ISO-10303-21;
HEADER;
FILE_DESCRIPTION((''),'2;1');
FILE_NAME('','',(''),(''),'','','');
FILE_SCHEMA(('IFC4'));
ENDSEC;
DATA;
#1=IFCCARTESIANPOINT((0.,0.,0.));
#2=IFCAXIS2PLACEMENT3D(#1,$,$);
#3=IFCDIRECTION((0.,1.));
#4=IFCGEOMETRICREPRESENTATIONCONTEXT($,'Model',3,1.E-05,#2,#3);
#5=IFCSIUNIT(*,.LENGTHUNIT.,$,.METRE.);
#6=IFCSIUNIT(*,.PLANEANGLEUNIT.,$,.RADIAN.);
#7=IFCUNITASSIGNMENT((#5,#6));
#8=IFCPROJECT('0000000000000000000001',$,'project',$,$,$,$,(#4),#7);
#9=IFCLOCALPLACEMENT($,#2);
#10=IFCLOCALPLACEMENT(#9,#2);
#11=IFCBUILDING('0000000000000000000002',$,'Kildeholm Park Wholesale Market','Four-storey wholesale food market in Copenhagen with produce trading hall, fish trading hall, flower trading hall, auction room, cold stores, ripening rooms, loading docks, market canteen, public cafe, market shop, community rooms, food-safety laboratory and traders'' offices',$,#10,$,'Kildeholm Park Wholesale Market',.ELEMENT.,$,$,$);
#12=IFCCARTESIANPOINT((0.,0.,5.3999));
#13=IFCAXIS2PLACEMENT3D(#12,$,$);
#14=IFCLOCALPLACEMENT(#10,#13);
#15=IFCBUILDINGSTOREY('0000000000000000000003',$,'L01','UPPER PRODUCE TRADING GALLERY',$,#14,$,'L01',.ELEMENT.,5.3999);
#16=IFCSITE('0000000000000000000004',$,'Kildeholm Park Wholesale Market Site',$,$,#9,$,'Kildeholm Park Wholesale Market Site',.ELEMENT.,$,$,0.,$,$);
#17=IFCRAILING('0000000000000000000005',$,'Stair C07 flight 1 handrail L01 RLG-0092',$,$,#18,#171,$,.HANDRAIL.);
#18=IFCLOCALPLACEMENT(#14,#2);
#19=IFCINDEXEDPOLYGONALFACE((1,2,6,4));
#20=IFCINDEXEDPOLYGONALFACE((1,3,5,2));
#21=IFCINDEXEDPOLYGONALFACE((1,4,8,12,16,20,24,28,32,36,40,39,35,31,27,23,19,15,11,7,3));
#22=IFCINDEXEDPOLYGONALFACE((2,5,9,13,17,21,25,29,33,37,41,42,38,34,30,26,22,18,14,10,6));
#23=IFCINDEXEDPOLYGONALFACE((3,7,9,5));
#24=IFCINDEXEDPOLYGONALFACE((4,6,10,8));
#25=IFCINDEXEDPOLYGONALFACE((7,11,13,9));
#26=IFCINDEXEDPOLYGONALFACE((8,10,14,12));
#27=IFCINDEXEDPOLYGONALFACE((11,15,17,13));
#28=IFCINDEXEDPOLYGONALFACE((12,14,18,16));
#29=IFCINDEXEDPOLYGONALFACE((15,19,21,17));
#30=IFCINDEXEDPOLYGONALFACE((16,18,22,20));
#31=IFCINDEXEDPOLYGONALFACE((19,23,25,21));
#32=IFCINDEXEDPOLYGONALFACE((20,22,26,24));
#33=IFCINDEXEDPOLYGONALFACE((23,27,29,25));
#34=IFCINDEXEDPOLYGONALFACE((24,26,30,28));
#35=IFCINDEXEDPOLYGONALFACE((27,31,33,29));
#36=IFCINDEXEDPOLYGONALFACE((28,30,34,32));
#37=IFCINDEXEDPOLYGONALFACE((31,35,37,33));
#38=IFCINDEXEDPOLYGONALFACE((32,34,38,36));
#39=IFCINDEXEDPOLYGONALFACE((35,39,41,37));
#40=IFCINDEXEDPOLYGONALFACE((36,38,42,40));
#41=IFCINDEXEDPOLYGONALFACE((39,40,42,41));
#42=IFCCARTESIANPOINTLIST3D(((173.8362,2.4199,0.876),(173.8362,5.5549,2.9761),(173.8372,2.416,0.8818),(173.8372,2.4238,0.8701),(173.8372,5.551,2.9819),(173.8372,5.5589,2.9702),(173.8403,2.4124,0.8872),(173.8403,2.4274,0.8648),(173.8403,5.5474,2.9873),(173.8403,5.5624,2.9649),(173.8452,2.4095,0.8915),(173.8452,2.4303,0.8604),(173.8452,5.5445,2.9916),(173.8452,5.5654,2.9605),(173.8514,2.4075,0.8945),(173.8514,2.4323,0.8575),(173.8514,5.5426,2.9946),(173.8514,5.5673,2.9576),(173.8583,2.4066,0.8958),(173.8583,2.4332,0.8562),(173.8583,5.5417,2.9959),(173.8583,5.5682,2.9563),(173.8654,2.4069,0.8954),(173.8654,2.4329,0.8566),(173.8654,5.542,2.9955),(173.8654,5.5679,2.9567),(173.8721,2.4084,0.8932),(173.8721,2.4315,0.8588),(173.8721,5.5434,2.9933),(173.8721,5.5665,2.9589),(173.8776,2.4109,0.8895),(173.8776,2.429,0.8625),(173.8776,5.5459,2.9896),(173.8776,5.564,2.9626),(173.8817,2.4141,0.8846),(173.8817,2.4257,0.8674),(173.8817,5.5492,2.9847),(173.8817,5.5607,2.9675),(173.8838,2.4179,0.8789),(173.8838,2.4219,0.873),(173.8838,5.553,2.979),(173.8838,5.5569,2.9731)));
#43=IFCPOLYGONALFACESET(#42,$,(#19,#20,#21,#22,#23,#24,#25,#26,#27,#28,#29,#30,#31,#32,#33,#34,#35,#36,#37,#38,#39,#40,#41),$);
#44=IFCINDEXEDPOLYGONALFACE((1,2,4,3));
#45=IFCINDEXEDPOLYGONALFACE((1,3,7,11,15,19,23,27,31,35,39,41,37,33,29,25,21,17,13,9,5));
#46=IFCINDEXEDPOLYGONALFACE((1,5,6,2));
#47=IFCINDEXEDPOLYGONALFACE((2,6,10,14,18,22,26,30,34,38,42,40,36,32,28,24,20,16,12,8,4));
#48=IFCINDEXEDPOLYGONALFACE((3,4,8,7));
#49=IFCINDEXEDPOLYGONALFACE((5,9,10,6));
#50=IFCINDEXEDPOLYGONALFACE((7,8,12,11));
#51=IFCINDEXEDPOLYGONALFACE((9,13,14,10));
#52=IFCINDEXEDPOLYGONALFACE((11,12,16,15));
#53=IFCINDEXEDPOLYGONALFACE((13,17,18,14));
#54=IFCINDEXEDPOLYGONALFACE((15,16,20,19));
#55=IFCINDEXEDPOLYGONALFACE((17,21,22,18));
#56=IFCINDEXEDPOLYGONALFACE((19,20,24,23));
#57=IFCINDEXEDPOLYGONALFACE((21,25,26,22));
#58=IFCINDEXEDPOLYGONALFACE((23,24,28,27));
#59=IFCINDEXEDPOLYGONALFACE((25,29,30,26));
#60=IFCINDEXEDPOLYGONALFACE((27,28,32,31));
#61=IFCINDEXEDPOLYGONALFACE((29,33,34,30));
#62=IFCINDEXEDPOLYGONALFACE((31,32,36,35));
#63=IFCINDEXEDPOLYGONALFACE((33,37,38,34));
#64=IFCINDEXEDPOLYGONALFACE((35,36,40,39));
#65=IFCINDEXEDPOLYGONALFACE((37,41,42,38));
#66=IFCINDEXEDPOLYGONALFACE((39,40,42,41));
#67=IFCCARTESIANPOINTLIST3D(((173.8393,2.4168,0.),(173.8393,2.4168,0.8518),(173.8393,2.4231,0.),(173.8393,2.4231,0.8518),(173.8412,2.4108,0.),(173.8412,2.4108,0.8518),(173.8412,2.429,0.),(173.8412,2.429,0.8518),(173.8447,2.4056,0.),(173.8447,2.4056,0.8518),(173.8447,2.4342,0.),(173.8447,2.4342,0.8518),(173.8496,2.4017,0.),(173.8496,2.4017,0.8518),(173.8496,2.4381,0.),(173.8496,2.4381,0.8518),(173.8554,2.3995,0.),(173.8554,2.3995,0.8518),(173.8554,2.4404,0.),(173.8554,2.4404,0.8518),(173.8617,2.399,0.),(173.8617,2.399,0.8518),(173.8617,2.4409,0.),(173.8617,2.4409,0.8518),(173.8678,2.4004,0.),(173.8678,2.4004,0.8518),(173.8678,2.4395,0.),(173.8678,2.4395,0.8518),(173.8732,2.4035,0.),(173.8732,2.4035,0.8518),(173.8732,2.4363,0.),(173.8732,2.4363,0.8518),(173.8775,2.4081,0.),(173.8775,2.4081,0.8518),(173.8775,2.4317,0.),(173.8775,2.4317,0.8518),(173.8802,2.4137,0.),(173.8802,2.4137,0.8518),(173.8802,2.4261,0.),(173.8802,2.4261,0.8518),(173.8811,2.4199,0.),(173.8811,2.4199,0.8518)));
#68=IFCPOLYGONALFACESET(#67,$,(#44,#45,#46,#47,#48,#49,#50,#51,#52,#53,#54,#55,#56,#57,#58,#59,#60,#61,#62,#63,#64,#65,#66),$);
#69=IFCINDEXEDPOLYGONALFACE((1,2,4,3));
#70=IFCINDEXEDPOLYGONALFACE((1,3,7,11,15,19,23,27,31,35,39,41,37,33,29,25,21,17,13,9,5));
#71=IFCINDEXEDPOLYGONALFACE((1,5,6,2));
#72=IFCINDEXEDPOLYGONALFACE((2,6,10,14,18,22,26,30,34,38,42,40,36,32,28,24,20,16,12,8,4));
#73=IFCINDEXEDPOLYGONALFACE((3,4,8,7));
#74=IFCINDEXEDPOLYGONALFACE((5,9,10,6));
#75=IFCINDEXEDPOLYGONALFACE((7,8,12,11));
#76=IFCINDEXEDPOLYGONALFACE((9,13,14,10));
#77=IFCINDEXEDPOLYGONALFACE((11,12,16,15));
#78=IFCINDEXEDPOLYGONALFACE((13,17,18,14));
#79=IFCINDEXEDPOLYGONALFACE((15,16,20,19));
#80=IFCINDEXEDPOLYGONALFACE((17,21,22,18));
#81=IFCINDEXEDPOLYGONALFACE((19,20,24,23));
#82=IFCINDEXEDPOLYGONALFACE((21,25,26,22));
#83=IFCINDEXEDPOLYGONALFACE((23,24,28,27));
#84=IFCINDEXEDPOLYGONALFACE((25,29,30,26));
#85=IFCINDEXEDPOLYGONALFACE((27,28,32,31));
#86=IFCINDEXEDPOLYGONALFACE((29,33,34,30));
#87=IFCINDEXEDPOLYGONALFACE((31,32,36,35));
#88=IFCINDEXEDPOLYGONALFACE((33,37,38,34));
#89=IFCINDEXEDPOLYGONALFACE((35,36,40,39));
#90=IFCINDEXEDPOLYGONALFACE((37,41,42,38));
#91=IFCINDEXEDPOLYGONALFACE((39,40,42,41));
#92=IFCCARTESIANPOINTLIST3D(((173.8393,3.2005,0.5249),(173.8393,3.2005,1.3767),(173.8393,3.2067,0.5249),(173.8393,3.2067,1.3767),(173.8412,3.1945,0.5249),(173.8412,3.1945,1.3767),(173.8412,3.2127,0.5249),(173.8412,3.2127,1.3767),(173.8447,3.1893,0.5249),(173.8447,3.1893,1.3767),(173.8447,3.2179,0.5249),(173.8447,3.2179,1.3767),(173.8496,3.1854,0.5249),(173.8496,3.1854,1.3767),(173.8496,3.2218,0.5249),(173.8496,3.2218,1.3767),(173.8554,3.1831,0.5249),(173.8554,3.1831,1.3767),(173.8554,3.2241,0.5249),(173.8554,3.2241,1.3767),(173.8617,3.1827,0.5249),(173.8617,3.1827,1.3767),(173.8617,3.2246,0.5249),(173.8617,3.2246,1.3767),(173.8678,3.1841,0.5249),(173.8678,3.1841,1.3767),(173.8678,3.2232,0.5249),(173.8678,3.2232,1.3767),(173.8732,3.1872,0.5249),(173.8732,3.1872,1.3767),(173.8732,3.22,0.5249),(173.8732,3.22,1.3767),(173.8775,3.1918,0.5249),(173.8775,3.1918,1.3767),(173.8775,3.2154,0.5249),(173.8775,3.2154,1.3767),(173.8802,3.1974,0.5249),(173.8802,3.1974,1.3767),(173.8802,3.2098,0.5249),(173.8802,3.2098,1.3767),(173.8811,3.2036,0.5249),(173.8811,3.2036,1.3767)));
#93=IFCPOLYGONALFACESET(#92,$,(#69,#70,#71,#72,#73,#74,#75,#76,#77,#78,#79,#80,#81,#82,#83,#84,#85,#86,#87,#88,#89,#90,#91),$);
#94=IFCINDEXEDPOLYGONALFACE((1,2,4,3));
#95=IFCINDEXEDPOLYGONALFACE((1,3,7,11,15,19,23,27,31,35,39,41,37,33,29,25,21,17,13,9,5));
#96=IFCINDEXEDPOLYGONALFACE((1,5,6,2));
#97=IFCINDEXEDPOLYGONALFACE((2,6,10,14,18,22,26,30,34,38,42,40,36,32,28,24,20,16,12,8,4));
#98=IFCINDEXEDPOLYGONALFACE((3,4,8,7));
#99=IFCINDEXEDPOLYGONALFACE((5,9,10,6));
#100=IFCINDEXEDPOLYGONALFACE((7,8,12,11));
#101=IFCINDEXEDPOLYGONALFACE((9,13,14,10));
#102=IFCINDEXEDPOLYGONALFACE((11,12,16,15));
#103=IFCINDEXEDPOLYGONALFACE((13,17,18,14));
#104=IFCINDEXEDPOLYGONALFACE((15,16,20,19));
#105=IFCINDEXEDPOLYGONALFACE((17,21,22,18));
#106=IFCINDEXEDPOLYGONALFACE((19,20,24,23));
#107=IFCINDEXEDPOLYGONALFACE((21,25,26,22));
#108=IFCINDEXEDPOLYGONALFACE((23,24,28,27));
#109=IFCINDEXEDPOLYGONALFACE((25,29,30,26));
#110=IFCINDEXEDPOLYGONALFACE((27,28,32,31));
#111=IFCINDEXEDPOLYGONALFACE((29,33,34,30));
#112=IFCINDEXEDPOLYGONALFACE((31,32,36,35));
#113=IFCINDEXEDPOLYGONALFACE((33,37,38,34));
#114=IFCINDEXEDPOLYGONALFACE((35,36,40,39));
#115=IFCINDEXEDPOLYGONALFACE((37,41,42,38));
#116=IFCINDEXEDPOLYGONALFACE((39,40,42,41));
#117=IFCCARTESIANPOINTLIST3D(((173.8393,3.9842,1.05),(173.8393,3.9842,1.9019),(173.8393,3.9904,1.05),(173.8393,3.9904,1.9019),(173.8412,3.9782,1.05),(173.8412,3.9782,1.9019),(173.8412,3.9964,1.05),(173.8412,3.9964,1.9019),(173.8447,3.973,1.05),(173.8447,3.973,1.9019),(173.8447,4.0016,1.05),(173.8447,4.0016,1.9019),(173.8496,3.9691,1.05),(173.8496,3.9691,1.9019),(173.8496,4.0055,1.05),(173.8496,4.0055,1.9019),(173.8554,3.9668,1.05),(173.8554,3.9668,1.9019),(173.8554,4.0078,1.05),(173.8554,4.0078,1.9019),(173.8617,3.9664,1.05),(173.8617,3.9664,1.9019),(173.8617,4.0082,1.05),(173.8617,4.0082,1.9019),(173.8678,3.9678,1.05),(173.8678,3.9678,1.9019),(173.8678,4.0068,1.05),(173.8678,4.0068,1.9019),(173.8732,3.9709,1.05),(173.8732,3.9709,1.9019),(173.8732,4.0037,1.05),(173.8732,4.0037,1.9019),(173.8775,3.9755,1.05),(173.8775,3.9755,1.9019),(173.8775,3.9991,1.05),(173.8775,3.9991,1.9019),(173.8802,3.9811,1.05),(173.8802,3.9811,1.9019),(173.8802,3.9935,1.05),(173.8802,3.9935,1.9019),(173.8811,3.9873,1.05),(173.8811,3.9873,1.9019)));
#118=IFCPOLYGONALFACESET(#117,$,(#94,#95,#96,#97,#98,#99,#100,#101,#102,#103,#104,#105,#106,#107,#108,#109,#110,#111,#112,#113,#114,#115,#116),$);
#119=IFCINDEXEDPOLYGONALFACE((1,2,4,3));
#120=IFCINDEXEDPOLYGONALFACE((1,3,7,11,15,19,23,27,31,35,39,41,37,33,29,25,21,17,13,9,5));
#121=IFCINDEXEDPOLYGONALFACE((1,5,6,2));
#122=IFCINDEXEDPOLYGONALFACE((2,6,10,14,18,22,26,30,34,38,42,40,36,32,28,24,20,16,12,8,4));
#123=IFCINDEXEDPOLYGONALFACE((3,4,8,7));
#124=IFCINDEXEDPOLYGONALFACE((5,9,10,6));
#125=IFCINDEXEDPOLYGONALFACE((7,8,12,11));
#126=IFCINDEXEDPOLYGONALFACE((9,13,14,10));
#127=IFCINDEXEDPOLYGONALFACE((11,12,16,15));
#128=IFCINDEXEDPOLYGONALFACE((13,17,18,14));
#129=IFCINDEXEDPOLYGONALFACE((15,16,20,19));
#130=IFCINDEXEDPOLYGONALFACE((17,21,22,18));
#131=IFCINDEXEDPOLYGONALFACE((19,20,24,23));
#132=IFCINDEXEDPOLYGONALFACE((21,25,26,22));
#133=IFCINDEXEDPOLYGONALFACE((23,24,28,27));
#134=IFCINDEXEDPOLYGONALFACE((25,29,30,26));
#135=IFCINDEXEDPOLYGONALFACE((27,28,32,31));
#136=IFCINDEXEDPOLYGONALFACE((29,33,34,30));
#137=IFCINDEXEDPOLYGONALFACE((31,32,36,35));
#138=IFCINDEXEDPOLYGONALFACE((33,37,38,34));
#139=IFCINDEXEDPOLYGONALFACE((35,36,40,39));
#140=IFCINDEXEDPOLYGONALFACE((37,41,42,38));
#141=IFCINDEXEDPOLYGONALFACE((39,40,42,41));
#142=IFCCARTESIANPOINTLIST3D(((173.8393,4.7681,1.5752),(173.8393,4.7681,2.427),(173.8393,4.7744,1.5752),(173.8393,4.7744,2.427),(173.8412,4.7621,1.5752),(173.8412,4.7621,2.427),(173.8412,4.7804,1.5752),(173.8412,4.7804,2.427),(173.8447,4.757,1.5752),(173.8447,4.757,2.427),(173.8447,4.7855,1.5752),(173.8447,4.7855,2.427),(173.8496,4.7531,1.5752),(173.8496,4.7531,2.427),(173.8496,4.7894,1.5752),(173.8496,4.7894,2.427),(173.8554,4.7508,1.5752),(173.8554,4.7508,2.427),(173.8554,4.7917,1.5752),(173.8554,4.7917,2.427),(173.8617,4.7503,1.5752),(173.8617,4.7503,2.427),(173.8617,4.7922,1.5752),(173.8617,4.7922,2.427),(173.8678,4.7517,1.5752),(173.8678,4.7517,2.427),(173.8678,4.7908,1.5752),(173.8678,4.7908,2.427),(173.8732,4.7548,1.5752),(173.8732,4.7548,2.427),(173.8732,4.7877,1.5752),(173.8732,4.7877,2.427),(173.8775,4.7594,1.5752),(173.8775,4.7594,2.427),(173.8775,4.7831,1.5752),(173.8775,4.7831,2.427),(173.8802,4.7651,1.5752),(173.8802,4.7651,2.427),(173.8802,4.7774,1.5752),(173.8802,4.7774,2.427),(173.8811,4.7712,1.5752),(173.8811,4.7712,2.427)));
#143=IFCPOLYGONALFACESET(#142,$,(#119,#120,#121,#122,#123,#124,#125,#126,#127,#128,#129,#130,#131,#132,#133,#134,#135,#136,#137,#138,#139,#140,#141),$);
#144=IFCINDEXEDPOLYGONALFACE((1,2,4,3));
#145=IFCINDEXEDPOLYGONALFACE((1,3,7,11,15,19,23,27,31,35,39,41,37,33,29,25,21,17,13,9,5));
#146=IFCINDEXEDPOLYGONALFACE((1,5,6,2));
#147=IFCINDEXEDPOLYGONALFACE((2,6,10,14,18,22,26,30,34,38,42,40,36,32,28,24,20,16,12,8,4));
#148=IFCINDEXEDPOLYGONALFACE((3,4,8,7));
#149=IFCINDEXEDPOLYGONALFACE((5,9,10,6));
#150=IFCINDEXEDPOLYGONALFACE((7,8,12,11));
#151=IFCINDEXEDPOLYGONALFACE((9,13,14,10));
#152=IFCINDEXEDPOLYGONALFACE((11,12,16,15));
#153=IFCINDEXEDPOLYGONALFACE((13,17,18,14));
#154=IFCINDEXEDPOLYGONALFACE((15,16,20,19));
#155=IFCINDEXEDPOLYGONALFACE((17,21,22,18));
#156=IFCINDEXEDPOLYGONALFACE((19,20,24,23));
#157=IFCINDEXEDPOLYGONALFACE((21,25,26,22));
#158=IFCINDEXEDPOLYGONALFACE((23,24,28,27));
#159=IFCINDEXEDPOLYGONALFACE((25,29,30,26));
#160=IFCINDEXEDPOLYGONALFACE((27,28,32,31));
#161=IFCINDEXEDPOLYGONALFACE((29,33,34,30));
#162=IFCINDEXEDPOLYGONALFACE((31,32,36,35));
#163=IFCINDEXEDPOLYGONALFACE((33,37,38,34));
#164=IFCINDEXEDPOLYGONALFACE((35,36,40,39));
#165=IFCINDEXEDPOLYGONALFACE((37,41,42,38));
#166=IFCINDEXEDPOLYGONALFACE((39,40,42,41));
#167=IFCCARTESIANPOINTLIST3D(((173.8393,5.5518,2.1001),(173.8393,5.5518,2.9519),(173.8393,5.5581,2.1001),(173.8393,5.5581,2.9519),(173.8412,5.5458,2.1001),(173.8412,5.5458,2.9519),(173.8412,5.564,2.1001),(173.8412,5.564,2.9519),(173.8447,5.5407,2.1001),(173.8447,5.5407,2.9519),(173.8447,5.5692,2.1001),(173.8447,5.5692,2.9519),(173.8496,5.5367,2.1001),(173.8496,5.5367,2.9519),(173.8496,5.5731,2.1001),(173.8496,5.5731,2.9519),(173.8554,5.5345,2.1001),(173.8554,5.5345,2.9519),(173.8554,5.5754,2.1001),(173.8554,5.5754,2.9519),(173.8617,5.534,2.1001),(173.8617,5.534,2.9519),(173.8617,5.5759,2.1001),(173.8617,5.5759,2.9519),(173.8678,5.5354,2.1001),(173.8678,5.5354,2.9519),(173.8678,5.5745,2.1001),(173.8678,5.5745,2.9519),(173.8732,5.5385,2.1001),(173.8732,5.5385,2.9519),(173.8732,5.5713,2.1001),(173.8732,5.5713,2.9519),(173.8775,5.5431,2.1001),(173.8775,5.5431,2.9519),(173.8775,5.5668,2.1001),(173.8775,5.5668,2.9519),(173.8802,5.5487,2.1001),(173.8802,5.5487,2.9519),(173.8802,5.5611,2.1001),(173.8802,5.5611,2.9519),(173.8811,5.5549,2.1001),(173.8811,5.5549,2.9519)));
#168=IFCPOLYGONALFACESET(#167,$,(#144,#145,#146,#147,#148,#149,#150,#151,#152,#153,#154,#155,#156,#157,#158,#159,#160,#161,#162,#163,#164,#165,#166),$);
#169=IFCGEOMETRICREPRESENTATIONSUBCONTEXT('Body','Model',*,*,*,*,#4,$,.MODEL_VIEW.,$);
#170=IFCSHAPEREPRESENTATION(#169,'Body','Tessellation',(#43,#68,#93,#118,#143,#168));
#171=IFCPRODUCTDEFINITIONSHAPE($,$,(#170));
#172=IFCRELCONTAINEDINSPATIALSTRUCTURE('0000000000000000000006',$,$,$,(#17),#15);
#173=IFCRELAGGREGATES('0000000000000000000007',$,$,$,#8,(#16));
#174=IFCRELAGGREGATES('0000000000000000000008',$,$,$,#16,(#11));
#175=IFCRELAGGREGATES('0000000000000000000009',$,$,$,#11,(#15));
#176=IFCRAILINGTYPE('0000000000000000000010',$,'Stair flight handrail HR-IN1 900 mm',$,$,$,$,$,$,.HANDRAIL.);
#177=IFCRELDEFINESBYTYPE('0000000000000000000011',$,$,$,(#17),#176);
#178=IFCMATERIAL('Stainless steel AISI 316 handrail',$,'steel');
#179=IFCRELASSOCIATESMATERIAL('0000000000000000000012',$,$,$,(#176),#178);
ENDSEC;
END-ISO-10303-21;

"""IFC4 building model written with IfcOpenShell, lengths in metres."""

from ifc_helpers import new_model, si_unit, direction, frame, origin, origin_2d, place, context, subcontext, project, spatial, circle, extrude, material, type_object, element, save


model = new_model("IFC4")

# Units and contexts
model_context = context("Model", 3, precision=1e-05, world=origin(), true_north=direction((0.0, 1.0)))
body_context = subcontext(model_context, "Body", "Model", "MODEL_VIEW")
ifc_project = project(units=[si_unit("LENGTHUNIT", "METRE"), si_unit("PLANEANGLEUNIT", "RADIAN")], contexts=[model_context])

# Site, building, storey
site_placement = place(None, origin())
site = spatial("IfcSite", under=ifc_project, at=site_placement, Name="Kildeholm Park Wholesale Market Site", LongName="Kildeholm Park Wholesale Market Site", CompositionType="ELEMENT", RefElevation=0.0)
building_placement = place(site_placement, origin())
building = spatial("IfcBuilding", under=site, at=building_placement, Name="Kildeholm Park Wholesale Market", Description="Four-storey wholesale food market in Copenhagen with produce trading hall, fish trading hall, flower trading hall, auction room, cold stores, ripening rooms, loading docks, market canteen, public cafe, market shop, community rooms, food-safety laboratory and traders' offices", LongName="Kildeholm Park Wholesale Market", CompositionType="ELEMENT")
storey_placement = place(building_placement, frame((0.0, 0.0, 5.3999)))
storey = spatial("IfcBuildingStorey", under=building, at=storey_placement, Name="L01", Description="UPPER PRODUCE TRADING GALLERY", LongName="L01", CompositionType="ELEMENT", Elevation=5.3999)

# Railing
ifc_material_1 = material(Name="Stainless steel AISI 316 handrail", Category="steel")
railing_type_1 = type_object("IfcRailingType", Name="Stair flight handrail HR-IN1 900 mm", PredefinedType="HANDRAIL", material=ifc_material_1)
railing_1_placement = place(storey_placement, frame((173.8601, 2.4199, 0.0)))
element("IfcRailing", 1, at=railing_1_placement, inside=storey, type_object=railing_type_1, Name="Stair C07 flight 1 handrail L01 RLG-0092", PredefinedType="HANDRAIL", context=body_context, shape_type="SweptSolid", body=[
    extrude(circle(Radius=0.0239, at=origin_2d()), frame((0.0, 0.0, 0.876), z_axis=(0.0, 0.830814, 0.55655), x_axis=(-1.0, 0.0, 0.0)), (0.0, 0.0, 1.0), 3.7734),
    extrude(circle(Radius=0.021, at=origin_2d()), origin(), (0.0, 0.0, 1.0), 0.8518),
    extrude(circle(Radius=0.021, at=origin_2d()), frame((0.0, 0.7837, 0.5249)), (0.0, 0.0, 1.0), 0.8518),
    extrude(circle(Radius=0.021, at=origin_2d()), frame((0.0, 1.5674, 1.05)), (0.0, 0.0, 1.0), 0.8518),
    extrude(circle(Radius=0.021, at=origin_2d()), frame((0.0, 2.3513, 1.5752)), (0.0, 0.0, 1.0), 0.8518),
    extrude(circle(Radius=0.021, at=origin_2d()), frame((0.0, 3.135, 2.1001)), (0.0, 0.0, 1.0), 0.8518),
])

save(model, "model.ifc")
